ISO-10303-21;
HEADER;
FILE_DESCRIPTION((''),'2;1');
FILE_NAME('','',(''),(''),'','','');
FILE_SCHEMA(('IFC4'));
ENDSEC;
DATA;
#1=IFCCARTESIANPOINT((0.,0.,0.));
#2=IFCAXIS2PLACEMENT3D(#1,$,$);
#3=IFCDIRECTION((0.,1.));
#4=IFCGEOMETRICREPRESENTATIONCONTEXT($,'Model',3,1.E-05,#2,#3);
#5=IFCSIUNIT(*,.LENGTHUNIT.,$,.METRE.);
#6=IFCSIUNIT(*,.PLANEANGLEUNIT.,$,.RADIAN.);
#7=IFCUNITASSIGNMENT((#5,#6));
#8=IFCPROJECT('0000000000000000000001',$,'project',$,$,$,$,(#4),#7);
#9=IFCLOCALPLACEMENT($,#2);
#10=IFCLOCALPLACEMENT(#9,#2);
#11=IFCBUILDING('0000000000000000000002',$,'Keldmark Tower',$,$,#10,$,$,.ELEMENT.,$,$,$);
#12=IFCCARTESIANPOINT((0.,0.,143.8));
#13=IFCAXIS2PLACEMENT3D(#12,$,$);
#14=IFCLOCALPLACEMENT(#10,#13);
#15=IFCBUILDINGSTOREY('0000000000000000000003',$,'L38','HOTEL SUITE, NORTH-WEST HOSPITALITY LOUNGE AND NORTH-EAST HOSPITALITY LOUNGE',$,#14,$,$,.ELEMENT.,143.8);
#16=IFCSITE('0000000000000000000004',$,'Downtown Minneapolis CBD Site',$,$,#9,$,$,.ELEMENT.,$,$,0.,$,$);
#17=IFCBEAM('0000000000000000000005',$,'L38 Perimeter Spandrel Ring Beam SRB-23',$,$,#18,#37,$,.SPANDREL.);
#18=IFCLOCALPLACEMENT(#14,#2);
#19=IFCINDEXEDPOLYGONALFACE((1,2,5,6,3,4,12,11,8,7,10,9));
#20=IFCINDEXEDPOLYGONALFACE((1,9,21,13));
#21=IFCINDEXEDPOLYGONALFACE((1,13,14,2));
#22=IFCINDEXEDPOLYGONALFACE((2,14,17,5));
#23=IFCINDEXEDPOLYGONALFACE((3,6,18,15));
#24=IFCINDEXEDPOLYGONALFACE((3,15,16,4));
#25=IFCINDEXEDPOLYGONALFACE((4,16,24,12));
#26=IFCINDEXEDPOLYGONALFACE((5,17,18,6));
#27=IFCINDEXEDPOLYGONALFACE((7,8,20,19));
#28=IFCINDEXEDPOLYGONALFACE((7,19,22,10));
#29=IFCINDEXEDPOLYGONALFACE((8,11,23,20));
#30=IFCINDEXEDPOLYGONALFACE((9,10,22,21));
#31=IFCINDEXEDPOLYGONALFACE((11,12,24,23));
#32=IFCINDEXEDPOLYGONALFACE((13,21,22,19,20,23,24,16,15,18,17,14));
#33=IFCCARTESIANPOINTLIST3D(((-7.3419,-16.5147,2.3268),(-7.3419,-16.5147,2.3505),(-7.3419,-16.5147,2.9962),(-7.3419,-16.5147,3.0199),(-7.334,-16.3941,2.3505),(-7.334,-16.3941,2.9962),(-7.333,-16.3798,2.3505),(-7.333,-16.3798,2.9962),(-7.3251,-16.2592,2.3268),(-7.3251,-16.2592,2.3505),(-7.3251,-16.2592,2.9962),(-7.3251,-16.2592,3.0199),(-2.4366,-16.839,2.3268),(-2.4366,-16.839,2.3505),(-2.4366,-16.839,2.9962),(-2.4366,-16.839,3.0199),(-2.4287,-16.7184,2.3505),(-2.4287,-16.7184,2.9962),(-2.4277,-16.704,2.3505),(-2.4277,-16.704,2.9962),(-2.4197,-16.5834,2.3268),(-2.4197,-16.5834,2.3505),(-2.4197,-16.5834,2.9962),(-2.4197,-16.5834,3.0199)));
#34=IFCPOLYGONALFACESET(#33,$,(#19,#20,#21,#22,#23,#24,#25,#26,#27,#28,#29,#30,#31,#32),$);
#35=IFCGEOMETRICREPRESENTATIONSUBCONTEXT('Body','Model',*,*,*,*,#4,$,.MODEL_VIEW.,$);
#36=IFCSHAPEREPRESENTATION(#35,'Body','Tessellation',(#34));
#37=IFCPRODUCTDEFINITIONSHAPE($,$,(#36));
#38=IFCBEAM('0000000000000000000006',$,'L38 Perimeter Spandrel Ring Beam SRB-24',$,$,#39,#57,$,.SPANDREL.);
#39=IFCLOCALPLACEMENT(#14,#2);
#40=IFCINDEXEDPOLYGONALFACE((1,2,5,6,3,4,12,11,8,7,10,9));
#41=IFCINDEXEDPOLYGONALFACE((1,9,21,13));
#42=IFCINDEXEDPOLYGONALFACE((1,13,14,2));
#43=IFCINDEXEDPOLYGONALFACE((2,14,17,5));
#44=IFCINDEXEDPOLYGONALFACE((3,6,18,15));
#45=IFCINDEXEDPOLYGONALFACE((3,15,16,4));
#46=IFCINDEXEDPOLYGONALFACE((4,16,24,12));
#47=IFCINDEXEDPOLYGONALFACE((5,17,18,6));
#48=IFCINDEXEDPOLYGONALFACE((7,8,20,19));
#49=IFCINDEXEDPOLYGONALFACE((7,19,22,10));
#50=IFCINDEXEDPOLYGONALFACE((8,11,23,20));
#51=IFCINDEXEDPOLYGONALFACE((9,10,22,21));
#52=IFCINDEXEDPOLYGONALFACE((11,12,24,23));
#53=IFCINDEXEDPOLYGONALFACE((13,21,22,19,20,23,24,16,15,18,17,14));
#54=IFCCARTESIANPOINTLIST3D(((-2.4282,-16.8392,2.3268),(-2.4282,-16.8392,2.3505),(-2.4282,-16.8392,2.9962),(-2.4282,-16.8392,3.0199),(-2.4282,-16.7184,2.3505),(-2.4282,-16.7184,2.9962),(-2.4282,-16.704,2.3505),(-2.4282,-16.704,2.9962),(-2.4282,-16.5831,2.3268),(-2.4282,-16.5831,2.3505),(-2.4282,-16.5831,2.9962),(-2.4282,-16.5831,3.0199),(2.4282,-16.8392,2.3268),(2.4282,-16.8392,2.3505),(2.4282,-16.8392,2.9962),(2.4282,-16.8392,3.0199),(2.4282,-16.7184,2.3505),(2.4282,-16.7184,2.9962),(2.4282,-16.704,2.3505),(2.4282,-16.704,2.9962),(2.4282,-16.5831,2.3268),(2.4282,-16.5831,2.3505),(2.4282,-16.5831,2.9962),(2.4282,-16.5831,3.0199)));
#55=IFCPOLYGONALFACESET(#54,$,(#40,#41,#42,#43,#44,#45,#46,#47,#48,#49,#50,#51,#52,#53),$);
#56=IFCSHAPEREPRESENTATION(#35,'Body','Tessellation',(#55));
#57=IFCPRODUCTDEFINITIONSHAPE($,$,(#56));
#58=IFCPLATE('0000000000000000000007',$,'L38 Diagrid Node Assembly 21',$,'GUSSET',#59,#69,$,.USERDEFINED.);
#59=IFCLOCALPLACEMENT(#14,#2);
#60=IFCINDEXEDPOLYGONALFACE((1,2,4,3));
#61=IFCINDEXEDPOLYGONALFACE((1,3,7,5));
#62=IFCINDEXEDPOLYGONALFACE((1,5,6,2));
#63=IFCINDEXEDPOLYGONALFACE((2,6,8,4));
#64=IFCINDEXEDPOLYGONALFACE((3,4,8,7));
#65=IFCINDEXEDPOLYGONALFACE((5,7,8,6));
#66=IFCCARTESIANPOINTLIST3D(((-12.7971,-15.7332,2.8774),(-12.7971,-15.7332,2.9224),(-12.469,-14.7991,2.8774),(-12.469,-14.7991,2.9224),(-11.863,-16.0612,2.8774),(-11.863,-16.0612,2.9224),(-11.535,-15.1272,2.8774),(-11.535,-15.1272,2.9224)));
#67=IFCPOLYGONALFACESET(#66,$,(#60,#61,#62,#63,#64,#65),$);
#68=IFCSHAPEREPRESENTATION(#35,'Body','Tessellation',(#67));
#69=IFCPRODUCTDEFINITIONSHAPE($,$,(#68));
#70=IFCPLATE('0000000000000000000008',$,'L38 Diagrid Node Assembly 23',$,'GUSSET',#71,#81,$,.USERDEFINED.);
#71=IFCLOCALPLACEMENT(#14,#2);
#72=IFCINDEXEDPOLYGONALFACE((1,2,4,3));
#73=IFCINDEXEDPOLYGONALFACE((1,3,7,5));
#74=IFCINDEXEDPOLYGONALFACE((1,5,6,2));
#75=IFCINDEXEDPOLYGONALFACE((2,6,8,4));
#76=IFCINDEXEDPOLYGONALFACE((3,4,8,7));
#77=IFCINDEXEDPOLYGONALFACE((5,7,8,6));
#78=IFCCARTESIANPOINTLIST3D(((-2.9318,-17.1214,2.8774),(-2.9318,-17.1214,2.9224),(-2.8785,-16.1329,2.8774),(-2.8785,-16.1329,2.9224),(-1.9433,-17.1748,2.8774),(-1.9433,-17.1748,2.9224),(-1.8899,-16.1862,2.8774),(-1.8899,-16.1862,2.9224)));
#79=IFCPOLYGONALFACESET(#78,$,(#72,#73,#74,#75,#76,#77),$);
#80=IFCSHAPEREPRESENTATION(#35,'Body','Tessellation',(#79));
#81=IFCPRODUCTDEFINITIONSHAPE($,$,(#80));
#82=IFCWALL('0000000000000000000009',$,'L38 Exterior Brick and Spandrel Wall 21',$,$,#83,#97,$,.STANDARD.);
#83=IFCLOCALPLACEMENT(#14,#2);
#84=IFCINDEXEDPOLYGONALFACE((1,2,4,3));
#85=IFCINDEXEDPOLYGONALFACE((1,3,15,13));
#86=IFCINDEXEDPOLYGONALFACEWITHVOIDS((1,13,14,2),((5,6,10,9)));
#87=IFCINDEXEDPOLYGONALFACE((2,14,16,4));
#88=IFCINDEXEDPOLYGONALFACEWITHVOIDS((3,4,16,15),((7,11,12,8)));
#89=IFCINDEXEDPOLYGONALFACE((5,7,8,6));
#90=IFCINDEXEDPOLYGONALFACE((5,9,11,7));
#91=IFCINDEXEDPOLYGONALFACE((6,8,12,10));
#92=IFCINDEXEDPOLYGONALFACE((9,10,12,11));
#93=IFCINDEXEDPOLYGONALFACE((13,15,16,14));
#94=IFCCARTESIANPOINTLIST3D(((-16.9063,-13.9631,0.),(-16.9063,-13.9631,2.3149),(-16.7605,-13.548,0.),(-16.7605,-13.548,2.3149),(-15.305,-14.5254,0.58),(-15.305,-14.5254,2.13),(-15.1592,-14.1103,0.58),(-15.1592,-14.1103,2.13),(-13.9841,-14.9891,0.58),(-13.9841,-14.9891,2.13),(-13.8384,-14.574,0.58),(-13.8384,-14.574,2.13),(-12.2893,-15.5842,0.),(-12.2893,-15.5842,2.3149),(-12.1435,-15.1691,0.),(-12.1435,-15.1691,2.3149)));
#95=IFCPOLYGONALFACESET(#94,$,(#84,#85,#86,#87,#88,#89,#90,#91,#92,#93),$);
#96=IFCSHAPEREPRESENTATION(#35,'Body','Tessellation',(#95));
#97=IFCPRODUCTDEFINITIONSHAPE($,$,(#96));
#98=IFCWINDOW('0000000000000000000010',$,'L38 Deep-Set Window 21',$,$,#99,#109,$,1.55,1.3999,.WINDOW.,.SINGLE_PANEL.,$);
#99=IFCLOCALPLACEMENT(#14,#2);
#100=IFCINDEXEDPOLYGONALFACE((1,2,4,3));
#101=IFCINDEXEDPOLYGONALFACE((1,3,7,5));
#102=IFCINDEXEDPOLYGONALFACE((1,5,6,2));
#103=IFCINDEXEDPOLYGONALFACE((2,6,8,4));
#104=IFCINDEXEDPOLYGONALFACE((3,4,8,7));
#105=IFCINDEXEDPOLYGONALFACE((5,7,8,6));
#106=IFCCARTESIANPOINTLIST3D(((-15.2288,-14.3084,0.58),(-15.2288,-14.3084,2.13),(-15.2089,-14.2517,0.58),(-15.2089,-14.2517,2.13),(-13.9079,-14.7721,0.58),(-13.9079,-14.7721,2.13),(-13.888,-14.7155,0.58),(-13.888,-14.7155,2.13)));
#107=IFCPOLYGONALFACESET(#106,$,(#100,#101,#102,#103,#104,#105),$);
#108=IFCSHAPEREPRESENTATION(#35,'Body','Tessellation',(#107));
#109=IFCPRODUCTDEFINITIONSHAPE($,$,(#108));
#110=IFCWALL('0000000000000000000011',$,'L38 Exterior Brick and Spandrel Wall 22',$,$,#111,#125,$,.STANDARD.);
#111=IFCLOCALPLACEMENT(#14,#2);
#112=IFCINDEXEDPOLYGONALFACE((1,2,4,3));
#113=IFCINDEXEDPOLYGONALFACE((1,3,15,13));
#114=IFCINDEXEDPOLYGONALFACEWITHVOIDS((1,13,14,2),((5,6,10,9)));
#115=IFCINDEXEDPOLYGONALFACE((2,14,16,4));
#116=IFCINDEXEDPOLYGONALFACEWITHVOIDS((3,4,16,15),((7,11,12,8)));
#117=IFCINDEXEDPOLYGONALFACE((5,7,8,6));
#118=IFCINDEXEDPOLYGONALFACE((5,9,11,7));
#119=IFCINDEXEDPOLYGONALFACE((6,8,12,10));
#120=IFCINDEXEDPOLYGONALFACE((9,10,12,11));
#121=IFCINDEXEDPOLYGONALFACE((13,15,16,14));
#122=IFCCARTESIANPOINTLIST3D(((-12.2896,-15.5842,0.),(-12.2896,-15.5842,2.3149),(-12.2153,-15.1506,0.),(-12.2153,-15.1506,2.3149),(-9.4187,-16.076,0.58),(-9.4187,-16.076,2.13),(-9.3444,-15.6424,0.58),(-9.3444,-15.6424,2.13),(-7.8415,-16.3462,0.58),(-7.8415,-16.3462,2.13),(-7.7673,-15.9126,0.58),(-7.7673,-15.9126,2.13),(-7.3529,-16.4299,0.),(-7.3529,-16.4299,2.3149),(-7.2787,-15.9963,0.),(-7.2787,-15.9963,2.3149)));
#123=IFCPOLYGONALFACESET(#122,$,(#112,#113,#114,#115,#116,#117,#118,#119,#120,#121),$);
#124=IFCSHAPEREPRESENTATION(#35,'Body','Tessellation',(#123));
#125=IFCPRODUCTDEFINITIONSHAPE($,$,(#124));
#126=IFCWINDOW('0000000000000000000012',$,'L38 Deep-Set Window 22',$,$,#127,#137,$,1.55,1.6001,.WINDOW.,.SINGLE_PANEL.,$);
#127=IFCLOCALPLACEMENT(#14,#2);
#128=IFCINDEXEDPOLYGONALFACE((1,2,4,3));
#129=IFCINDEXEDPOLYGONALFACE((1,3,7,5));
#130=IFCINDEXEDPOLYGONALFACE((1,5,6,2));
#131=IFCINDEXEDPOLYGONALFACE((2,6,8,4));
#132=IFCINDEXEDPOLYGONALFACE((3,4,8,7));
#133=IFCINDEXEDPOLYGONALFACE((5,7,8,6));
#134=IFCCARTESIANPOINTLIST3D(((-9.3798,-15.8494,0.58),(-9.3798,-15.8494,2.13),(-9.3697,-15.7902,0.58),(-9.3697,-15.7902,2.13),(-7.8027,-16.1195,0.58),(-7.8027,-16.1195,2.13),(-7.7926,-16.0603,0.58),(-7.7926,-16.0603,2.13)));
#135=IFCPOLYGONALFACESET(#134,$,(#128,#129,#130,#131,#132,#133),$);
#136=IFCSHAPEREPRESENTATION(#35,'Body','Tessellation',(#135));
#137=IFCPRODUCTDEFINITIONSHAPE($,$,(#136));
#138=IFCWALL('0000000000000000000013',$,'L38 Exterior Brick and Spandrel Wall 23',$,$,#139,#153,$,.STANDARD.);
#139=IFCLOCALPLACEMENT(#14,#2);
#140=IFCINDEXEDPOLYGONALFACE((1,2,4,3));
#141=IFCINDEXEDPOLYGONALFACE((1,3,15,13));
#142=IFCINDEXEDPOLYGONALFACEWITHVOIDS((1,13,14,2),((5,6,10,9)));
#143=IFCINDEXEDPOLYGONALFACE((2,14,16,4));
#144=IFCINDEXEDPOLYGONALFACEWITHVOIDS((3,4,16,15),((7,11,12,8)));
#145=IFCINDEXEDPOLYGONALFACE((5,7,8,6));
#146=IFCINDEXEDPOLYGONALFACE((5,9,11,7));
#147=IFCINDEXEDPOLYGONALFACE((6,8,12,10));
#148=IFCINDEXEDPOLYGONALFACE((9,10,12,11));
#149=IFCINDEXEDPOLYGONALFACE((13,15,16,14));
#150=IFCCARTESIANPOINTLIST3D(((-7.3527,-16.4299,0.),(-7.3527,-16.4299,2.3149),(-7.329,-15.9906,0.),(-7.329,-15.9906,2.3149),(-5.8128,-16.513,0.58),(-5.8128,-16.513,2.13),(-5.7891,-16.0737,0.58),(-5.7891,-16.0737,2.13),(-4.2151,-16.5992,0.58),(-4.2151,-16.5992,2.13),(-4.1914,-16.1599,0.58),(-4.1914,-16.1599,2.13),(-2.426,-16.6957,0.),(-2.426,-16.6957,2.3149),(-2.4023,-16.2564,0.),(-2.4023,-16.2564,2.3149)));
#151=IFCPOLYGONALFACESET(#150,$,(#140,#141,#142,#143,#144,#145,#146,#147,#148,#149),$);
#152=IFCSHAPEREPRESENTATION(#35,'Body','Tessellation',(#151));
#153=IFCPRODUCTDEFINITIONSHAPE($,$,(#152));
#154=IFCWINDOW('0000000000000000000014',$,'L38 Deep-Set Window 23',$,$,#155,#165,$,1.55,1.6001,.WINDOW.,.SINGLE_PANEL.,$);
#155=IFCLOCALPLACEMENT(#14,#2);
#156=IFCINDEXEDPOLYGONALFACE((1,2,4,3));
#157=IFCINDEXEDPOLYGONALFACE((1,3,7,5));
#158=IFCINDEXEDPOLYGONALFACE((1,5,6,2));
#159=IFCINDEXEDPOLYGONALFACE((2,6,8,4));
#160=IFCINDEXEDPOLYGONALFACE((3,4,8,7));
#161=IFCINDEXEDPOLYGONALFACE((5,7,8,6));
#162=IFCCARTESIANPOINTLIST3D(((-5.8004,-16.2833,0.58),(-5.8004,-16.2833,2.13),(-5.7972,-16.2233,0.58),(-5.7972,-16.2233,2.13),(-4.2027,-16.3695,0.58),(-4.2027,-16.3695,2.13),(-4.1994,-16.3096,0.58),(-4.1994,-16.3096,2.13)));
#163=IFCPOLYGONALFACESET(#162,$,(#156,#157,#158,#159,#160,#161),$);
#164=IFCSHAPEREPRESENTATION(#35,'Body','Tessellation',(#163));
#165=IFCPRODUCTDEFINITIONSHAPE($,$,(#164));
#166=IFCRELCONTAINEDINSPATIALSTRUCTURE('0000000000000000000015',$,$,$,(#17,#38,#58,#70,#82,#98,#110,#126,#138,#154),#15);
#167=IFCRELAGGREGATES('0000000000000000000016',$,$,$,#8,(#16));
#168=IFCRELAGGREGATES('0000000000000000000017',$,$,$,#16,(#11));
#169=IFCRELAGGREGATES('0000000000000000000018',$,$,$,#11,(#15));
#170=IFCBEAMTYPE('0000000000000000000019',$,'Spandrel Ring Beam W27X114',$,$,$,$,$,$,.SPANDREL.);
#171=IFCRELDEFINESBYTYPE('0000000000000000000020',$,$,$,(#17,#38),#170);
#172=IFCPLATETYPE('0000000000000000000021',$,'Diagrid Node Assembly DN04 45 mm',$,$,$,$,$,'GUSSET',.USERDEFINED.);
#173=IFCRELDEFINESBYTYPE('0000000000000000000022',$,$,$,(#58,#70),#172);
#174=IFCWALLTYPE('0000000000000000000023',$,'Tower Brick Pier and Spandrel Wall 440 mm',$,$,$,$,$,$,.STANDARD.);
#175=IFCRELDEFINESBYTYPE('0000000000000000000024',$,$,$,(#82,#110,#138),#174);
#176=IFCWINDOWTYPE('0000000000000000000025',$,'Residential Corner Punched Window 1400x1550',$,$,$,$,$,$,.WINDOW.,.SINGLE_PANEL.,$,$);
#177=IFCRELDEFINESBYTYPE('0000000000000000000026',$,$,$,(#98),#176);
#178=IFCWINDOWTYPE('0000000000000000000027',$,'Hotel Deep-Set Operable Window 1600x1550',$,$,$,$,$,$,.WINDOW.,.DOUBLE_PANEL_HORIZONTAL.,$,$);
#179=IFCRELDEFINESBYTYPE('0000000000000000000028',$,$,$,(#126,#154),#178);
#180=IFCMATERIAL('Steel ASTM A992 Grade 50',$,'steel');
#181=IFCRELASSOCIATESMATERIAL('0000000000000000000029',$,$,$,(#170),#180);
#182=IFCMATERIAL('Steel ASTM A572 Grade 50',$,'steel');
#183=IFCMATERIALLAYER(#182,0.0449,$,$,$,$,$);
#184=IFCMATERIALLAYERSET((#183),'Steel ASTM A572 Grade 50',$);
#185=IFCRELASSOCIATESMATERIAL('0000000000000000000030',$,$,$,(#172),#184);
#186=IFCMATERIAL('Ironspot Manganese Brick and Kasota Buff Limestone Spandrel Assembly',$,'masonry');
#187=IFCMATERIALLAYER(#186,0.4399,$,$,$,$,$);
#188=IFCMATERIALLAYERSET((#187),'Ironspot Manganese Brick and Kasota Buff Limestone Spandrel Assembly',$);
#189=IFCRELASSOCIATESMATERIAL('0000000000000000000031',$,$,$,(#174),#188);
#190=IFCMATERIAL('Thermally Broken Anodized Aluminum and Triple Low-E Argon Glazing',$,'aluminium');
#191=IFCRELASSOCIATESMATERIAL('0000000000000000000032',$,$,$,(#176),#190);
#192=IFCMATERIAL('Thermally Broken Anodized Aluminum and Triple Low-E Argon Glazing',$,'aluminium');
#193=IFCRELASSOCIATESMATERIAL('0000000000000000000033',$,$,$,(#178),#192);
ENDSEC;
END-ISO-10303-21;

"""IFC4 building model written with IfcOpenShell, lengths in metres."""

from ifc_helpers import new_model, si_unit, direction, frame, frame_2d, origin, origin_2d, place, context, subcontext, project, spatial, rectangle, i_section, extrude, material, layer, layer_set, material_profile, profile_set, type_object, element, fill, save


model = new_model("IFC4")

# Units and contexts
model_context = context("Model", 3, precision=1e-05, world=origin(), true_north=direction((0.0, 1.0)))
body_context = subcontext(model_context, "Body", "Model", "MODEL_VIEW")
ifc_project = project(units=[si_unit("LENGTHUNIT", "METRE"), si_unit("PLANEANGLEUNIT", "RADIAN")], contexts=[model_context])

# Site, building, storey
site_placement = place(None, origin())
site = spatial("IfcSite", under=ifc_project, at=site_placement, Name="Downtown Minneapolis CBD Site", CompositionType="ELEMENT", RefElevation=0.0)
building_placement = place(site_placement, origin())
building = spatial("IfcBuilding", under=site, at=building_placement, Name="Keldmark Tower", CompositionType="ELEMENT")
storey_placement = place(building_placement, frame((0.0, 0.0, 143.8)))
storey = spatial("IfcBuildingStorey", under=building, at=storey_placement, Name="L38", Description="HOTEL SUITE, NORTH-WEST HOSPITALITY LOUNGE AND NORTH-EAST HOSPITALITY LOUNGE", CompositionType="ELEMENT", Elevation=143.8)

# Beams
ifc_material_1 = material(Name="Steel ASTM A992 Grade 50", Category="steel")
ifc_material_profile_1 = material_profile(ifc_material_1, i_section(OverallWidth=0.2561, OverallDepth=0.6931, WebThickness=0.0144, FlangeThickness=0.0237, at=origin_2d()), Name="W27X114")
ifc_profile_set_1 = profile_set([ifc_material_profile_1], Name="Steel ASTM A992 Grade 50")
beam_type_1 = type_object("IfcBeamType", Name="Spandrel Ring Beam W27X114", PredefinedType="SPANDREL", material=ifc_profile_set_1)
beam_1_placement = place(storey_placement, frame((-7.3335, -16.387, 2.6733), z_axis=(0.997823, -0.065952, 0.0), x_axis=(0.065952, 0.997823, 0.0)))
element("IfcBeam", 1, at=beam_1_placement, inside=storey, type_object=beam_type_1, Name="L38 Perimeter Spandrel Ring Beam SRB-23", PredefinedType="SPANDREL", context=body_context, shape_type="SweptSolid", body=[
    extrude(i_section(OverallWidth=0.2561, OverallDepth=0.6931, WebThickness=0.0144, FlangeThickness=0.0237, at=origin_2d()), origin(), (0.0, 0.0, 1.0), 4.916),
])
beam_2_placement = place(storey_placement, frame((-2.4282, -16.7112, 2.6733), z_axis=(1.0, 0.0, 0.0), x_axis=(0.0, 1.0, 0.0)))
element("IfcBeam", 2, at=beam_2_placement, inside=storey, type_object=beam_type_1, Name="L38 Perimeter Spandrel Ring Beam SRB-24", PredefinedType="SPANDREL", context=body_context, shape_type="SweptSolid", body=[
    extrude(i_section(OverallWidth=0.2561, OverallDepth=0.6931, WebThickness=0.0144, FlangeThickness=0.0237, at=origin_2d()), origin(), (0.0, 0.0, 1.0), 4.8564),
])

# Plates
ifc_material_2 = material(Name="Steel ASTM A572 Grade 50", Category="steel")
ifc_layer_1 = layer(ifc_material_2, 0.0449)
ifc_layer_set_1 = layer_set([ifc_layer_1], Name="Steel ASTM A572 Grade 50")
plate_type = type_object("IfcPlateType", Name="Diagrid Node Assembly DN04 45 mm", ElementType="GUSSET", PredefinedType="USERDEFINED", material=ifc_layer_set_1)
for number, where, z_axis, x_axis, name in (
    (3, (-12.166, -15.4302, 2.8774), (0.0, 0.0, 1.0), (0.943512, -0.331338, 0.0), "L38 Diagrid Node Assembly 21"),
    (4, (-2.4109, -16.6538, 2.8774), (0.0, 0.0, 1.0), (0.998546, -0.053905, 0.0), "L38 Diagrid Node Assembly 23"),
):
    element("IfcPlate", number, at=place(storey_placement, frame(where, z_axis=z_axis, x_axis=x_axis)), inside=storey, type_object=plate_type, Name=name, ObjectType="GUSSET", PredefinedType="USERDEFINED", context=body_context, shape_type="SweptSolid", body=[
        extrude(rectangle(XDim=0.99, YDim=0.99, at=origin_2d()), origin(), (0.0, 0.0, 1.0), 0.0449),
    ])

# Walls, openings, windows
ifc_material_3 = material(Name="Ironspot Manganese Brick and Kasota Buff Limestone Spandrel Assembly", Category="masonry")
ifc_layer_2 = layer(ifc_material_3, 0.4399)
ifc_layer_set_2 = layer_set([ifc_layer_2], Name="Ironspot Manganese Brick and Kasota Buff Limestone Spandrel Assembly")
wall_type_1 = type_object("IfcWallType", Name="Tower Brick Pier and Spandrel Wall 440 mm", PredefinedType="STANDARD", material=ifc_layer_set_2)
wall_1_placement = place(storey_placement, frame((-12.2163, -15.3767, 0.0), z_axis=(0.0, 0.0, 1.0), x_axis=(-0.943529, 0.33129, 0.0)))
wall_1 = element("IfcWall", 5, at=wall_1_placement, inside=storey, type_object=wall_type_1, Name="L38 Exterior Brick and Spandrel Wall 21", PredefinedType="STANDARD", context=body_context, shape_type="SweptSolid", body=[
    extrude(rectangle(XDim=4.8933, YDim=0.4399, at=frame_2d((2.4468, 0.0))), origin(), (0.0, 0.0, 1.0), 2.3149),
])
opening_1_placement = place(wall_1_placement, frame((1.7964, 0.0, 0.5801)))
opening_1 = element("IfcOpeningElement", 6, at=opening_1_placement, cuts=wall_1, PredefinedType="OPENING", context=body_context, shape_type="SweptSolid", body=[
    extrude(rectangle(XDim=1.3999, YDim=1.55, at=frame_2d((0.7, 0.7749))), frame((0.0, 0.23, 0.0), z_axis=(0.0, -1.0, 0.0), x_axis=(1.0, 0.0, 0.0)), (0.0, 0.0, 1.0), 0.46),
])
ifc_material_4 = material(Name="Thermally Broken Anodized Aluminum and Triple Low-E Argon Glazing", Category="aluminium")
window_type_1 = type_object("IfcWindowType", Name="Residential Corner Punched Window 1400x1550", PartitioningType="SINGLE_PANEL", PredefinedType="WINDOW", material=ifc_material_4)
window_1_placement = place(opening_1_placement, origin())
window_1 = element("IfcWindow", 7, at=window_1_placement, inside=storey, type_object=window_type_1, Name="L38 Deep-Set Window 21", OverallHeight=1.55, OverallWidth=1.3999, PartitioningType="SINGLE_PANEL", PredefinedType="WINDOW", context=body_context, shape_type="SweptSolid", body=[
    extrude(rectangle(XDim=1.3999, YDim=1.55, at=frame_2d((0.7, 0.7749))), frame((0.0, -0.01, 0.0), z_axis=(0.0, -1.0, 0.0), x_axis=(1.0, 0.0, 0.0)), (0.0, 0.0, 1.0), 0.0601),
])
fill(opening_1, window_1)
wall_2_placement = place(storey_placement, frame((-7.3157, -16.2131, 0.0), z_axis=(0.0, 0.0, 1.0), x_axis=(-0.985641, 0.168856, 0.0)))
wall_2 = element("IfcWall", 8, at=wall_2_placement, inside=storey, type_object=wall_type_1, Name="L38 Exterior Brick and Spandrel Wall 22", PredefinedType="STANDARD", context=body_context, shape_type="SweptSolid", body=[
    extrude(rectangle(XDim=5.0085, YDim=0.4399, at=frame_2d((2.5044, 0.0))), origin(), (0.0, 0.0, 1.0), 2.3149),
])
opening_2_placement = place(wall_2_placement, frame((0.4958, 0.0, 0.5801)))
opening_2 = element("IfcOpeningElement", 9, at=opening_2_placement, cuts=wall_2, PredefinedType="OPENING", context=body_context, shape_type="SweptSolid", body=[
    extrude(rectangle(XDim=1.6001, YDim=1.55, at=frame_2d((0.8, 0.7749))), frame((0.0, 0.23, 0.0), z_axis=(0.0, -1.0, 0.0), x_axis=(1.0, 0.0, 0.0)), (0.0, 0.0, 1.0), 0.46),
])
ifc_material_5 = material(Name="Thermally Broken Anodized Aluminum and Triple Low-E Argon Glazing", Category="aluminium")
window_type_2 = type_object("IfcWindowType", Name="Hotel Deep-Set Operable Window 1600x1550", PartitioningType="DOUBLE_PANEL_HORIZONTAL", PredefinedType="WINDOW", material=ifc_material_5)
window_2_placement = place(opening_2_placement, origin())
window_2 = element("IfcWindow", 10, at=window_2_placement, inside=storey, type_object=window_type_2, Name="L38 Deep-Set Window 22", OverallHeight=1.55, OverallWidth=1.6001, PartitioningType="SINGLE_PANEL", PredefinedType="WINDOW", context=body_context, shape_type="SweptSolid", body=[
    extrude(rectangle(XDim=1.6001, YDim=1.55, at=frame_2d((0.8, 0.7749))), frame((0.0, -0.01, 0.0), z_axis=(0.0, -1.0, 0.0), x_axis=(1.0, 0.0, 0.0)), (0.0, 0.0, 1.0), 0.0601),
])
fill(opening_2, window_2)
wall_3_placement = place(storey_placement, frame((-2.4143, -16.4761, 0.0), z_axis=(0.0, 0.0, 1.0), x_axis=(-0.998547, 0.053886, 0.0)))
wall_3 = element("IfcWall", 11, at=wall_3_placement, inside=storey, type_object=wall_type_1, Name="L38 Exterior Brick and Spandrel Wall 23", PredefinedType="STANDARD", context=body_context, shape_type="SweptSolid", body=[
    extrude(rectangle(XDim=4.9338, YDim=0.4399, at=frame_2d((2.4668, 0.0))), origin(), (0.0, 0.0, 1.0), 2.3149),
])
opening_3_placement = place(wall_3_placement, frame((1.7915, 0.0, 0.5801)))
opening_3 = element("IfcOpeningElement", 12, at=opening_3_placement, cuts=wall_3, PredefinedType="OPENING", context=body_context, shape_type="SweptSolid", body=[
    extrude(rectangle(XDim=1.6001, YDim=1.55, at=frame_2d((0.8, 0.7749))), frame((0.0, 0.23, 0.0), z_axis=(0.0, -1.0, 0.0), x_axis=(1.0, 0.0, 0.0)), (0.0, 0.0, 1.0), 0.46),
])
window_3_placement = place(opening_3_placement, origin())
window_3 = element("IfcWindow", 13, at=window_3_placement, inside=storey, type_object=window_type_2, Name="L38 Deep-Set Window 23", OverallHeight=1.55, OverallWidth=1.6001, PartitioningType="SINGLE_PANEL", PredefinedType="WINDOW", context=body_context, shape_type="SweptSolid", body=[
    extrude(rectangle(XDim=1.6001, YDim=1.55, at=frame_2d((0.8, 0.7749))), frame((0.0, -0.01, 0.0), z_axis=(0.0, -1.0, 0.0), x_axis=(1.0, 0.0, 0.0)), (0.0, 0.0, 1.0), 0.0601),
])
fill(opening_3, window_3)

save(model, "model.ifc")
